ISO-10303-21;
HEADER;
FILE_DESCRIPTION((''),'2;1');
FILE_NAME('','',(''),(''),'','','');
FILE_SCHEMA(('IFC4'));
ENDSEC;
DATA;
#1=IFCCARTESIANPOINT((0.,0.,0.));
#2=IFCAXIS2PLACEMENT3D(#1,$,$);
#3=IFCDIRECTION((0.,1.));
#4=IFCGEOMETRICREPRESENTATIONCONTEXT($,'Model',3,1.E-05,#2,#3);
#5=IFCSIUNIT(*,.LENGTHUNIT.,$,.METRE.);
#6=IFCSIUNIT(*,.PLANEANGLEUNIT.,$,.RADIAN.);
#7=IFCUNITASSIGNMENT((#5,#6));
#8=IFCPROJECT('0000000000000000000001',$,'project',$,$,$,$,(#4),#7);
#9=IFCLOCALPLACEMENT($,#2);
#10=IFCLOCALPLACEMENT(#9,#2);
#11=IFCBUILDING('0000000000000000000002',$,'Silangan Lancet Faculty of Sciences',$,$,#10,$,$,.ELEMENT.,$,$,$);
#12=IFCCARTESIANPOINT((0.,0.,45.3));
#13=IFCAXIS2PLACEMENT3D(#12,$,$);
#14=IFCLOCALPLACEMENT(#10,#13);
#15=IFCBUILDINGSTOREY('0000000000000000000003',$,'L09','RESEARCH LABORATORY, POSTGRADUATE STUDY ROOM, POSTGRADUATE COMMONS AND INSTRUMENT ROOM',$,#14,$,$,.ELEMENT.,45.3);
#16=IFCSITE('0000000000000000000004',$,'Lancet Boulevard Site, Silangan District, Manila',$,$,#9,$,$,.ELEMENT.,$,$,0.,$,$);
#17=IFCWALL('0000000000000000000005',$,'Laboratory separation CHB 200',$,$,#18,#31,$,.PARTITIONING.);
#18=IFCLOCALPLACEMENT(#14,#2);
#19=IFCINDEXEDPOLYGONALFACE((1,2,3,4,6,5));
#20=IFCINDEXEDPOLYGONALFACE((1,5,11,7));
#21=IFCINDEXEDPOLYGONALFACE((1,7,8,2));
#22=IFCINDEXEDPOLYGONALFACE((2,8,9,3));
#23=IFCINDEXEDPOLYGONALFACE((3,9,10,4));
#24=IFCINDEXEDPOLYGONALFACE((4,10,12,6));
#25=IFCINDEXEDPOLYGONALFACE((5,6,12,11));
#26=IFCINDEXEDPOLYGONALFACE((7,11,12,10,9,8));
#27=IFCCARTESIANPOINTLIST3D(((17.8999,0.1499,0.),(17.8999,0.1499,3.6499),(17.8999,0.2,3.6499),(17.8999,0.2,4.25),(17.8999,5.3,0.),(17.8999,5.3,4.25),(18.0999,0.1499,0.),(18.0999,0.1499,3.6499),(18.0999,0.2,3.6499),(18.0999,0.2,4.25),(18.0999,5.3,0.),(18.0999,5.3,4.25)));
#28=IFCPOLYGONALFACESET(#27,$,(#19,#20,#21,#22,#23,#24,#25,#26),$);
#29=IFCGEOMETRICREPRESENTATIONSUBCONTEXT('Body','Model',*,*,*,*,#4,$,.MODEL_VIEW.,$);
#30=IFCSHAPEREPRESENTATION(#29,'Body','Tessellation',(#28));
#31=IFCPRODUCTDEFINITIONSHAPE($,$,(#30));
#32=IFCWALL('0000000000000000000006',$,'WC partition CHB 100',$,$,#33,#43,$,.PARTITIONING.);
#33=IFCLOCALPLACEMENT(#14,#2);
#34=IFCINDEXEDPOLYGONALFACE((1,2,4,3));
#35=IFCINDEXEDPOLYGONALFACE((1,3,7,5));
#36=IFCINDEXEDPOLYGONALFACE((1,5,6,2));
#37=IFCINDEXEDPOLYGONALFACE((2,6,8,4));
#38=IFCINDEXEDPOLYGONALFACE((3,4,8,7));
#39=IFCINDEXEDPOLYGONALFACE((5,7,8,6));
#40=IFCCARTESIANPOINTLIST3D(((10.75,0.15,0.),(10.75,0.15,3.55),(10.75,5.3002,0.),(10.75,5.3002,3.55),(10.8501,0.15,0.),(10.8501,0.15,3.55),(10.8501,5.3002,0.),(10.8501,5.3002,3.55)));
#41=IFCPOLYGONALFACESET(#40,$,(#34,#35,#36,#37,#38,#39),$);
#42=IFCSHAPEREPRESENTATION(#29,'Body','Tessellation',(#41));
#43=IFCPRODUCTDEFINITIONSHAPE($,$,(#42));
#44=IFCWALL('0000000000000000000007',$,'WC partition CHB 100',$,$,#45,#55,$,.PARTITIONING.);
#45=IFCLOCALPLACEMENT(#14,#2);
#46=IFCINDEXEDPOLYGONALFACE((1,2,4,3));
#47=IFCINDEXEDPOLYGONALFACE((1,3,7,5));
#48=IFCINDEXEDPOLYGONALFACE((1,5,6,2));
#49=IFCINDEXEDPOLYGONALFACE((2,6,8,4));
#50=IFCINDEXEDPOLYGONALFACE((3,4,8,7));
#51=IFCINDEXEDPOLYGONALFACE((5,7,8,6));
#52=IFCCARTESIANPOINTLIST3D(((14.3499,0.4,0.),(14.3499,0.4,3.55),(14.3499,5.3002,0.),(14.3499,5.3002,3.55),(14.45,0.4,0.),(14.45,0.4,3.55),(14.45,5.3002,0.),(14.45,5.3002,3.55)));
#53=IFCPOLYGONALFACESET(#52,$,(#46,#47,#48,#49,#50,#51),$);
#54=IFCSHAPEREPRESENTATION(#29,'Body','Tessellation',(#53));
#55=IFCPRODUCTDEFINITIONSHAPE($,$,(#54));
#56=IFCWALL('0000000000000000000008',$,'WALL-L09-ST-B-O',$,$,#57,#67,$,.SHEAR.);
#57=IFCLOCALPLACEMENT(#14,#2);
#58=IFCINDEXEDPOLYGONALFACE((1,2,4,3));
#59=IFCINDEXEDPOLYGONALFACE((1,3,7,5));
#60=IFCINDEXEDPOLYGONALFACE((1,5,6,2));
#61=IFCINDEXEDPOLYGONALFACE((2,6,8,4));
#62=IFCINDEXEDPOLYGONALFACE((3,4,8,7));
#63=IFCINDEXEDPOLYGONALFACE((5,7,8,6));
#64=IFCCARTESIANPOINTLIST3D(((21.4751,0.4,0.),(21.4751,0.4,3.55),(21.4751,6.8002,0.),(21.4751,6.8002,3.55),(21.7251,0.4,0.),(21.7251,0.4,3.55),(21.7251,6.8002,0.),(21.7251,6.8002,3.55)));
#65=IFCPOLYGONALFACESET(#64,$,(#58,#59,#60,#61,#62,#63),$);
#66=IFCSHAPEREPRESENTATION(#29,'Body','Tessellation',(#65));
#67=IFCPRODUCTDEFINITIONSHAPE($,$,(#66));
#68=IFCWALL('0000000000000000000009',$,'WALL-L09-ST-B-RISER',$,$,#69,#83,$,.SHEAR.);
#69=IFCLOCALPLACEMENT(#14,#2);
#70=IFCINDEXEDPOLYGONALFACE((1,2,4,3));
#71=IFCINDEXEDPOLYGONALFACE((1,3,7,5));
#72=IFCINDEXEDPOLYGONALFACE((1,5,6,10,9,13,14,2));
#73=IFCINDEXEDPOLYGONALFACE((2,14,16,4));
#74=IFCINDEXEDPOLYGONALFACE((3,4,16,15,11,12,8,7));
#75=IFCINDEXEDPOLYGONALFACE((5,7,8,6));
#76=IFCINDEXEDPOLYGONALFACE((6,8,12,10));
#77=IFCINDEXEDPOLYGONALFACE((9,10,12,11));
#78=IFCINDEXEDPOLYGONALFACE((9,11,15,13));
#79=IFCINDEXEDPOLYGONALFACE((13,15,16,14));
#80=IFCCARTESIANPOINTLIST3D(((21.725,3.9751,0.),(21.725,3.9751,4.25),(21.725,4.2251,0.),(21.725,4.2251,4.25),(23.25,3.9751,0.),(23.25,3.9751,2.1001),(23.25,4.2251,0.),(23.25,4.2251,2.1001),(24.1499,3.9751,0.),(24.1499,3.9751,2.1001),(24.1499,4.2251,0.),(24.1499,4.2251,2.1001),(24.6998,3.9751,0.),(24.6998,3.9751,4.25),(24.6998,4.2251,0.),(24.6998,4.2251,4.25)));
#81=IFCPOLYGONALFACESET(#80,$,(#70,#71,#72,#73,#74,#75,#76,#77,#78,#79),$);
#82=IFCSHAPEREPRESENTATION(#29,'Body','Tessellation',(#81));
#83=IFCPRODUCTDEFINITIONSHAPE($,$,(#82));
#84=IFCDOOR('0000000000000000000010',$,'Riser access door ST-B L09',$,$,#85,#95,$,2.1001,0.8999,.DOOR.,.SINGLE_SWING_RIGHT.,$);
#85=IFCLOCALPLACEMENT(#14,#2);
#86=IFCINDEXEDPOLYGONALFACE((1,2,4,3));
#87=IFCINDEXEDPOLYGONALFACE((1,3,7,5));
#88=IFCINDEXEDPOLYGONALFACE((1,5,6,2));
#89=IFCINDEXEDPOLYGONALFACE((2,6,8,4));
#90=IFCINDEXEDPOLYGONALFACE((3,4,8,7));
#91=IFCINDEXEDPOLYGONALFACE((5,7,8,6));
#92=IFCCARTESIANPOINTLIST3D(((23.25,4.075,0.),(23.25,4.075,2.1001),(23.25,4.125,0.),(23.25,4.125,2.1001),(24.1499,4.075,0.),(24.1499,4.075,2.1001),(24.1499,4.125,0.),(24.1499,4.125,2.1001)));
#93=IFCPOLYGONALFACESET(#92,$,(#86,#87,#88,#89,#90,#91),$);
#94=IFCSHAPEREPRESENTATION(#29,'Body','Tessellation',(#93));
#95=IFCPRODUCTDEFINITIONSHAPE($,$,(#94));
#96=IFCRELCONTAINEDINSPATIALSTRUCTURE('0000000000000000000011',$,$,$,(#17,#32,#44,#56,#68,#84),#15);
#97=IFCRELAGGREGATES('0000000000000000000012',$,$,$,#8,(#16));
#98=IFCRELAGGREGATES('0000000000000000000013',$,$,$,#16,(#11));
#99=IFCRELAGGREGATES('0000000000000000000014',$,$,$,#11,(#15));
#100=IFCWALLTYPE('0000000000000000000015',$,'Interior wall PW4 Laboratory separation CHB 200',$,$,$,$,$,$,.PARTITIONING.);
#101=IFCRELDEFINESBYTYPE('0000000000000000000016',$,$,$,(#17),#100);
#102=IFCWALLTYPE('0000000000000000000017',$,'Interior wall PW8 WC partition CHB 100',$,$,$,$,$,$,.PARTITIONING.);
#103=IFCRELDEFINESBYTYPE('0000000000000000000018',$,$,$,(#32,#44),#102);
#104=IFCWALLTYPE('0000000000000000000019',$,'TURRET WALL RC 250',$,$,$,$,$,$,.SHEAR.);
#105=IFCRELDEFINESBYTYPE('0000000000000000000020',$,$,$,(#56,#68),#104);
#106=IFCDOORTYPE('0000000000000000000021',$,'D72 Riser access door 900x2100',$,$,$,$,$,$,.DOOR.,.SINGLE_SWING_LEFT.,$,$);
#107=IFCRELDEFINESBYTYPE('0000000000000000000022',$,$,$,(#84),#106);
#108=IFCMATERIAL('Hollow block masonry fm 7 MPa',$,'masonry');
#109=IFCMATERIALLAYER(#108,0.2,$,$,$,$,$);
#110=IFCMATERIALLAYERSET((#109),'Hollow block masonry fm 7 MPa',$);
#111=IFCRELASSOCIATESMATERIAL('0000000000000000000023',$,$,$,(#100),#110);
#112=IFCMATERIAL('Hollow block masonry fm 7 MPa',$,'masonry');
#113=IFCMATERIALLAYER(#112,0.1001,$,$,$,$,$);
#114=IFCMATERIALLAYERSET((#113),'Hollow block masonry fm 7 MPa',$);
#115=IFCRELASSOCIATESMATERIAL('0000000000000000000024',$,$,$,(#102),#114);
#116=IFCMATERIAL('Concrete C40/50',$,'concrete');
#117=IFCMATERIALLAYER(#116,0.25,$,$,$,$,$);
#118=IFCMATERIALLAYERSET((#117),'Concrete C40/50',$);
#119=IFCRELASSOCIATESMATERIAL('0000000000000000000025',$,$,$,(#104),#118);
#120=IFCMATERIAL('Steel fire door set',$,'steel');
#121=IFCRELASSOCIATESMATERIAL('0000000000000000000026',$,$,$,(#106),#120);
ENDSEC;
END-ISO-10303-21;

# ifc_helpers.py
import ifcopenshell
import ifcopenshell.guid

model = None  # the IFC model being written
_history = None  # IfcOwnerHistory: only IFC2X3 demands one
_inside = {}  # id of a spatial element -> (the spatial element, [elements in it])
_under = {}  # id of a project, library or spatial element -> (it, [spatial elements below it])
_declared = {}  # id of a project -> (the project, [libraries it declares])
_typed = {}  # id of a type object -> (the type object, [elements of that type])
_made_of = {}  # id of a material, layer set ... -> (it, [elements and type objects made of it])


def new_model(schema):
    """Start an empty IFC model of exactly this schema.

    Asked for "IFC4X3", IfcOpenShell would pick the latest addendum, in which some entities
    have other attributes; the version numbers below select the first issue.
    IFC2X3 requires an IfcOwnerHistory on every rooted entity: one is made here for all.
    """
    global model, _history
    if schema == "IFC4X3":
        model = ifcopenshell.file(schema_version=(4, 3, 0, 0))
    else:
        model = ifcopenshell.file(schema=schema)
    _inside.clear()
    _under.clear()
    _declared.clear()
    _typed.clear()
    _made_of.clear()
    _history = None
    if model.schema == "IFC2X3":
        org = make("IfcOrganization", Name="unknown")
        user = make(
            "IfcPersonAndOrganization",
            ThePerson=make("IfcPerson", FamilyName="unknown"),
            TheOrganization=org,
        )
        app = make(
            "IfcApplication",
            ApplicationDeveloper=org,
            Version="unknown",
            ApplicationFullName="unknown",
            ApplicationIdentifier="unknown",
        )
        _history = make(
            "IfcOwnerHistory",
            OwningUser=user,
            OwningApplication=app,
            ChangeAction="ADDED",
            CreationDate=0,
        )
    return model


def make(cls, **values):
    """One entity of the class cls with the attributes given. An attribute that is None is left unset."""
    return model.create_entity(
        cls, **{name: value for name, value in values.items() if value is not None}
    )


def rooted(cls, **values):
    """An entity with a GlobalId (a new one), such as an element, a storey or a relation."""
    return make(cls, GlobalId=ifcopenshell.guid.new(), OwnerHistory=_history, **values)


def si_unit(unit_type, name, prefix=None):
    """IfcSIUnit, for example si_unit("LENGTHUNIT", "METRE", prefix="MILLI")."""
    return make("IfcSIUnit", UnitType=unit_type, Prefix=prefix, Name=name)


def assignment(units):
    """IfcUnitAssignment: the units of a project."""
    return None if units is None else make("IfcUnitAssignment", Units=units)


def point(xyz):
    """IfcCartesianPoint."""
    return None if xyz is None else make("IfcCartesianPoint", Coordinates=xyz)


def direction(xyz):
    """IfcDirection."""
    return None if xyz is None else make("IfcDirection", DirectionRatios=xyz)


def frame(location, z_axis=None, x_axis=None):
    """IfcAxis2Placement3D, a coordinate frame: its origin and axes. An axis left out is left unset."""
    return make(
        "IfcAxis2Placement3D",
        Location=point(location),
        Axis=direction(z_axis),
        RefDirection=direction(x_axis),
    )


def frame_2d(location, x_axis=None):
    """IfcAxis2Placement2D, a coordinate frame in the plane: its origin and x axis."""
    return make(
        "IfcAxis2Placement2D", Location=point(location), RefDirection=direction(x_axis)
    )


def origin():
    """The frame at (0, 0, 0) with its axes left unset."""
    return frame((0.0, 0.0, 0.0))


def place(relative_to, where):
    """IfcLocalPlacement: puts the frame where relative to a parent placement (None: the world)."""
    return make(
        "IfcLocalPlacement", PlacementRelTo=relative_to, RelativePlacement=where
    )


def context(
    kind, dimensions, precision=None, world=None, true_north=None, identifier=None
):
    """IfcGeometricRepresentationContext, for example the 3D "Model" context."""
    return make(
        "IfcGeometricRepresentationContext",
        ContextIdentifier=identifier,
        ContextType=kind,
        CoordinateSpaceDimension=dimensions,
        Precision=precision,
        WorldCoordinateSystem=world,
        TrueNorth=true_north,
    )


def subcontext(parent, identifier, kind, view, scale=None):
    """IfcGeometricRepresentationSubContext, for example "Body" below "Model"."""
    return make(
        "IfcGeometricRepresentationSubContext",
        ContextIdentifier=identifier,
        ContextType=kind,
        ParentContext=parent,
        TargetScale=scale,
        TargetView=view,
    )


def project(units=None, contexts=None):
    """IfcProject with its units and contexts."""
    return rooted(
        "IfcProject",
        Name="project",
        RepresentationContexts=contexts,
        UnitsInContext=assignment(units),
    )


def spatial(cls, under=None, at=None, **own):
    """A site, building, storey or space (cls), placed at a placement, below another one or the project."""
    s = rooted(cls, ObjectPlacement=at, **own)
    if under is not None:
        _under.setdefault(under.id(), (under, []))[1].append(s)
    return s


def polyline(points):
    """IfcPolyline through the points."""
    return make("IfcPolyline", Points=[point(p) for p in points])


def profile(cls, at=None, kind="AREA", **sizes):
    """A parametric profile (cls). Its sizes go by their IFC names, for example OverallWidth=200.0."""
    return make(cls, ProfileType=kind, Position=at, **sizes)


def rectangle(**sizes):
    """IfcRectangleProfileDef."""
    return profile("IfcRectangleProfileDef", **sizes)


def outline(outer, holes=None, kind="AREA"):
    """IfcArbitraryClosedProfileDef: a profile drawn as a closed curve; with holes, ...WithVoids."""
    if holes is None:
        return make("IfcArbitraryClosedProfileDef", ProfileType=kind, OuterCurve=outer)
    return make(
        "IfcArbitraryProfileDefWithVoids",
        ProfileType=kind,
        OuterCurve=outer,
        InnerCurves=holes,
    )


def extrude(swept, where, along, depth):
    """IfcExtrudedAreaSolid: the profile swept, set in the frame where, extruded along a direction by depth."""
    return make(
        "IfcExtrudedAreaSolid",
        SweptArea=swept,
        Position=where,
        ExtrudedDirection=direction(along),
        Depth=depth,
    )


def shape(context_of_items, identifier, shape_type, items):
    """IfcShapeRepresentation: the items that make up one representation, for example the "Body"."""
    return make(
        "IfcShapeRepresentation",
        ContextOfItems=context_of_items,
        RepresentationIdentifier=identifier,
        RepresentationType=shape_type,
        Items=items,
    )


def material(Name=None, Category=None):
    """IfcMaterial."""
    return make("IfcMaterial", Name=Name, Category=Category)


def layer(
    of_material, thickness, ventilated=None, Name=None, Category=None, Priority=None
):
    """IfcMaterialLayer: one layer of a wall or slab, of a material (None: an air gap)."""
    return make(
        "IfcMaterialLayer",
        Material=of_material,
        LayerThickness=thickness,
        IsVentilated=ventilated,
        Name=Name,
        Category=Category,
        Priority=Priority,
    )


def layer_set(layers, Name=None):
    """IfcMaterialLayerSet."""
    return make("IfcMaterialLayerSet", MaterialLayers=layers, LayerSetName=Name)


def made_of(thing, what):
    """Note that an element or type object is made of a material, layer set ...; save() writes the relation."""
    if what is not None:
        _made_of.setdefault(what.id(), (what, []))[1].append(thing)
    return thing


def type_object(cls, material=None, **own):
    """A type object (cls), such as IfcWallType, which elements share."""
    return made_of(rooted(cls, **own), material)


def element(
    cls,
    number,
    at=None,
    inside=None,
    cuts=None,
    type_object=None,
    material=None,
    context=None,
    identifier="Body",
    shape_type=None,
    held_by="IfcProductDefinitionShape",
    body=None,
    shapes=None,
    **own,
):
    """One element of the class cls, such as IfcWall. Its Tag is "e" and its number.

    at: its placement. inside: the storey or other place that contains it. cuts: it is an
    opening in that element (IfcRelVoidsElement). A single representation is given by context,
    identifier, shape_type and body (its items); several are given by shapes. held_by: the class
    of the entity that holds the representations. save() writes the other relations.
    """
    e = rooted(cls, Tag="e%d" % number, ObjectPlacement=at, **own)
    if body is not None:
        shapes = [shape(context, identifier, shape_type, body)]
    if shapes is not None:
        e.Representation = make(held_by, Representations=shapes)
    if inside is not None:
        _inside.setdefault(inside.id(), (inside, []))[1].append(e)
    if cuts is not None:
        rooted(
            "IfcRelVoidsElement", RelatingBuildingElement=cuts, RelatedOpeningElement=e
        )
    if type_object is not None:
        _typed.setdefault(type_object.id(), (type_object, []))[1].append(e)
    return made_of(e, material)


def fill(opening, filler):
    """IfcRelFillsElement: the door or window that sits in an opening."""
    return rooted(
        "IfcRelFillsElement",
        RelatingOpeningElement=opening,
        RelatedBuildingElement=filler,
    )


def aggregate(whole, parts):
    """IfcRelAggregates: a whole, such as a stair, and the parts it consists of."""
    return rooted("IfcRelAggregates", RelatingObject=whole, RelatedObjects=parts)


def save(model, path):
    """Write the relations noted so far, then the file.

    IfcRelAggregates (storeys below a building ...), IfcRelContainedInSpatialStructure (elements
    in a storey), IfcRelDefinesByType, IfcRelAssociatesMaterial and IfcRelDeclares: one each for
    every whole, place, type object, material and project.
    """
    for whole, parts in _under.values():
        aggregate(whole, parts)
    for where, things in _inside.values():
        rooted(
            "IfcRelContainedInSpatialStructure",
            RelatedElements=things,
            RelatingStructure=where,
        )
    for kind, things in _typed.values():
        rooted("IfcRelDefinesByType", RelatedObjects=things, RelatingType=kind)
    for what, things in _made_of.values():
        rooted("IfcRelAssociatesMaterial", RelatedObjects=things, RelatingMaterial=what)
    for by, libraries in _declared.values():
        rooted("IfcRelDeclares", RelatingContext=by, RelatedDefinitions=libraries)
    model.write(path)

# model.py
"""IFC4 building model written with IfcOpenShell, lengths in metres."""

from ifc_helpers import new_model, si_unit, direction, frame, frame_2d, origin, place, context, subcontext, project, spatial, polyline, rectangle, outline, extrude, material, layer, layer_set, type_object, element, fill, save


model = new_model("IFC4")

# Units and contexts
model_context = context("Model", 3, precision=1e-05, world=origin(), true_north=direction((0.0, 1.0)))
body_context = subcontext(model_context, "Body", "Model", "MODEL_VIEW")
ifc_project = project(units=[si_unit("LENGTHUNIT", "METRE"), si_unit("PLANEANGLEUNIT", "RADIAN")], contexts=[model_context])

# Site, building, storey
site_placement = place(None, origin())
site = spatial("IfcSite", under=ifc_project, at=site_placement, Name="Lancet Boulevard Site, Silangan District, Manila", CompositionType="ELEMENT", RefElevation=0.0)
building_placement = place(site_placement, origin())
building = spatial("IfcBuilding", under=site, at=building_placement, Name="Silangan Lancet Faculty of Sciences", CompositionType="ELEMENT")
storey_placement = place(building_placement, frame((0.0, 0.0, 45.3)))
storey = spatial("IfcBuildingStorey", under=building, at=storey_placement, Name="L09", Description="RESEARCH LABORATORY, POSTGRADUATE STUDY ROOM, POSTGRADUATE COMMONS AND INSTRUMENT ROOM", CompositionType="ELEMENT", Elevation=45.3)

# Walls
ifc_material_1 = material(Name="Hollow block masonry fm 7 MPa", Category="masonry")
ifc_layer_1 = layer(ifc_material_1, 0.2)
ifc_layer_set_1 = layer_set([ifc_layer_1], Name="Hollow block masonry fm 7 MPa")
wall_type_1 = type_object("IfcWallType", Name="Interior wall PW4 Laboratory separation CHB 200", PredefinedType="PARTITIONING", material=ifc_layer_set_1)
wall_1_placement = place(storey_placement, frame((18.0, 0.1499, 0.0), z_axis=(0.0, 0.0, 1.0), x_axis=(0.0, 1.0, 0.0)))
element("IfcWall", 1, at=wall_1_placement, inside=storey, type_object=wall_type_1, Name="Laboratory separation CHB 200", PredefinedType="PARTITIONING", context=body_context, shape_type="SweptSolid", body=[
    extrude(outline(polyline([(0.0, 0.0), (5.1501, 0.0), (5.1501, 4.25), (0.05, 4.25), (0.05, 3.6499), (0.0, 3.6499), (0.0, 0.0)])), frame((0.0, 0.1001, 0.0), z_axis=(0.0, -1.0, 0.0), x_axis=(1.0, 0.0, 0.0)), (0.0, 0.0, 1.0), 0.2),
])
ifc_material_2 = material(Name="Hollow block masonry fm 7 MPa", Category="masonry")
ifc_layer_2 = layer(ifc_material_2, 0.1001)
ifc_layer_set_2 = layer_set([ifc_layer_2], Name="Hollow block masonry fm 7 MPa")
wall_type_2 = type_object("IfcWallType", Name="Interior wall PW8 WC partition CHB 100", PredefinedType="PARTITIONING", material=ifc_layer_set_2)
wall_2_placement = place(storey_placement, frame((10.8, 0.1499, 0.0), z_axis=(0.0, 0.0, 1.0), x_axis=(0.0, 1.0, 0.0)))
element("IfcWall", 2, at=wall_2_placement, inside=storey, type_object=wall_type_2, Name="WC partition CHB 100", PredefinedType="PARTITIONING", context=body_context, shape_type="SweptSolid", body=[
    extrude(rectangle(XDim=5.1501, YDim=0.1001, at=frame_2d((2.5752, 0.0))), origin(), (0.0, 0.0, 1.0), 3.55),
])
wall_3_placement = place(storey_placement, frame((14.3999, 0.3999, 0.0), z_axis=(0.0, 0.0, 1.0), x_axis=(0.0, 1.0, 0.0)))
element("IfcWall", 3, at=wall_3_placement, inside=storey, type_object=wall_type_2, Name="WC partition CHB 100", PredefinedType="PARTITIONING", context=body_context, shape_type="SweptSolid", body=[
    extrude(rectangle(XDim=4.9001, YDim=0.1001, at=frame_2d((2.4502, 0.0))), origin(), (0.0, 0.0, 1.0), 3.55),
])
ifc_material_3 = material(Name="Concrete C40/50", Category="concrete")
ifc_layer_3 = layer(ifc_material_3, 0.25)
ifc_layer_set_3 = layer_set([ifc_layer_3], Name="Concrete C40/50")
wall_type_3 = type_object("IfcWallType", Name="TURRET WALL RC 250", PredefinedType="SHEAR", material=ifc_layer_set_3)
wall_4_placement = place(storey_placement, frame((21.6001, 0.3999, 0.0), z_axis=(0.0, 0.0, 1.0), x_axis=(0.0, 1.0, 0.0)))
element("IfcWall", 4, at=wall_4_placement, inside=storey, type_object=wall_type_3, Name="WALL-L09-ST-B-O", PredefinedType="SHEAR", context=body_context, shape_type="SweptSolid", body=[
    extrude(rectangle(XDim=6.4001, YDim=0.25, at=frame_2d((3.2002, 0.0))), origin(), (0.0, 0.0, 1.0), 3.55),
])

# Wall, opening, door
wall_5_placement = place(storey_placement, frame((21.7251, 4.1001, 0.0), z_axis=(0.0, 0.0, 1.0), x_axis=(1.0, 0.0, 0.0)))
wall_5 = element("IfcWall", 5, at=wall_5_placement, inside=storey, type_object=wall_type_3, Name="WALL-L09-ST-B-RISER", PredefinedType="SHEAR", context=body_context, shape_type="SweptSolid", body=[
    extrude(rectangle(XDim=2.9749, YDim=0.25, at=frame_2d((1.4873, 0.0))), origin(), (0.0, 0.0, 1.0), 4.25),
])
opening_1_placement = place(wall_5_placement, frame((1.5249, 0.0, 0.0)))
opening_1 = element("IfcOpeningElement", 6, at=opening_1_placement, cuts=wall_5, PredefinedType="OPENING", context=body_context, shape_type="SweptSolid", body=[
    extrude(rectangle(XDim=0.8999, YDim=2.1001, at=frame_2d((0.45, 1.05))), frame((0.0, 0.135, 0.0), z_axis=(0.0, -1.0, 0.0), x_axis=(1.0, 0.0, 0.0)), (0.0, 0.0, 1.0), 0.27),
])
ifc_material_4 = material(Name="Steel fire door set", Category="steel")
door_type_1 = type_object("IfcDoorType", Name="D72 Riser access door 900x2100", OperationType="SINGLE_SWING_LEFT", PredefinedType="DOOR", material=ifc_material_4)
door_1_placement = place(opening_1_placement, frame((0.8999, 0.0, 0.0), z_axis=(0.0, 0.0, 1.0), x_axis=(-1.0, 0.0, 0.0)))
door_1 = element("IfcDoor", 7, at=door_1_placement, inside=storey, type_object=door_type_1, Name="Riser access door ST-B L09", OperationType="SINGLE_SWING_RIGHT", OverallHeight=2.1001, OverallWidth=0.8999, PredefinedType="DOOR", context=body_context, shape_type="SweptSolid", body=[
    extrude(rectangle(XDim=0.8999, YDim=2.1001, at=frame_2d((0.45, 1.05))), frame((0.0, 0.0251, 0.0), z_axis=(0.0, -1.0, 0.0), x_axis=(1.0, 0.0, 0.0)), (0.0, 0.0, 1.0), 0.05),
])
fill(opening_1, door_1)

save(model, "model.ifc")
